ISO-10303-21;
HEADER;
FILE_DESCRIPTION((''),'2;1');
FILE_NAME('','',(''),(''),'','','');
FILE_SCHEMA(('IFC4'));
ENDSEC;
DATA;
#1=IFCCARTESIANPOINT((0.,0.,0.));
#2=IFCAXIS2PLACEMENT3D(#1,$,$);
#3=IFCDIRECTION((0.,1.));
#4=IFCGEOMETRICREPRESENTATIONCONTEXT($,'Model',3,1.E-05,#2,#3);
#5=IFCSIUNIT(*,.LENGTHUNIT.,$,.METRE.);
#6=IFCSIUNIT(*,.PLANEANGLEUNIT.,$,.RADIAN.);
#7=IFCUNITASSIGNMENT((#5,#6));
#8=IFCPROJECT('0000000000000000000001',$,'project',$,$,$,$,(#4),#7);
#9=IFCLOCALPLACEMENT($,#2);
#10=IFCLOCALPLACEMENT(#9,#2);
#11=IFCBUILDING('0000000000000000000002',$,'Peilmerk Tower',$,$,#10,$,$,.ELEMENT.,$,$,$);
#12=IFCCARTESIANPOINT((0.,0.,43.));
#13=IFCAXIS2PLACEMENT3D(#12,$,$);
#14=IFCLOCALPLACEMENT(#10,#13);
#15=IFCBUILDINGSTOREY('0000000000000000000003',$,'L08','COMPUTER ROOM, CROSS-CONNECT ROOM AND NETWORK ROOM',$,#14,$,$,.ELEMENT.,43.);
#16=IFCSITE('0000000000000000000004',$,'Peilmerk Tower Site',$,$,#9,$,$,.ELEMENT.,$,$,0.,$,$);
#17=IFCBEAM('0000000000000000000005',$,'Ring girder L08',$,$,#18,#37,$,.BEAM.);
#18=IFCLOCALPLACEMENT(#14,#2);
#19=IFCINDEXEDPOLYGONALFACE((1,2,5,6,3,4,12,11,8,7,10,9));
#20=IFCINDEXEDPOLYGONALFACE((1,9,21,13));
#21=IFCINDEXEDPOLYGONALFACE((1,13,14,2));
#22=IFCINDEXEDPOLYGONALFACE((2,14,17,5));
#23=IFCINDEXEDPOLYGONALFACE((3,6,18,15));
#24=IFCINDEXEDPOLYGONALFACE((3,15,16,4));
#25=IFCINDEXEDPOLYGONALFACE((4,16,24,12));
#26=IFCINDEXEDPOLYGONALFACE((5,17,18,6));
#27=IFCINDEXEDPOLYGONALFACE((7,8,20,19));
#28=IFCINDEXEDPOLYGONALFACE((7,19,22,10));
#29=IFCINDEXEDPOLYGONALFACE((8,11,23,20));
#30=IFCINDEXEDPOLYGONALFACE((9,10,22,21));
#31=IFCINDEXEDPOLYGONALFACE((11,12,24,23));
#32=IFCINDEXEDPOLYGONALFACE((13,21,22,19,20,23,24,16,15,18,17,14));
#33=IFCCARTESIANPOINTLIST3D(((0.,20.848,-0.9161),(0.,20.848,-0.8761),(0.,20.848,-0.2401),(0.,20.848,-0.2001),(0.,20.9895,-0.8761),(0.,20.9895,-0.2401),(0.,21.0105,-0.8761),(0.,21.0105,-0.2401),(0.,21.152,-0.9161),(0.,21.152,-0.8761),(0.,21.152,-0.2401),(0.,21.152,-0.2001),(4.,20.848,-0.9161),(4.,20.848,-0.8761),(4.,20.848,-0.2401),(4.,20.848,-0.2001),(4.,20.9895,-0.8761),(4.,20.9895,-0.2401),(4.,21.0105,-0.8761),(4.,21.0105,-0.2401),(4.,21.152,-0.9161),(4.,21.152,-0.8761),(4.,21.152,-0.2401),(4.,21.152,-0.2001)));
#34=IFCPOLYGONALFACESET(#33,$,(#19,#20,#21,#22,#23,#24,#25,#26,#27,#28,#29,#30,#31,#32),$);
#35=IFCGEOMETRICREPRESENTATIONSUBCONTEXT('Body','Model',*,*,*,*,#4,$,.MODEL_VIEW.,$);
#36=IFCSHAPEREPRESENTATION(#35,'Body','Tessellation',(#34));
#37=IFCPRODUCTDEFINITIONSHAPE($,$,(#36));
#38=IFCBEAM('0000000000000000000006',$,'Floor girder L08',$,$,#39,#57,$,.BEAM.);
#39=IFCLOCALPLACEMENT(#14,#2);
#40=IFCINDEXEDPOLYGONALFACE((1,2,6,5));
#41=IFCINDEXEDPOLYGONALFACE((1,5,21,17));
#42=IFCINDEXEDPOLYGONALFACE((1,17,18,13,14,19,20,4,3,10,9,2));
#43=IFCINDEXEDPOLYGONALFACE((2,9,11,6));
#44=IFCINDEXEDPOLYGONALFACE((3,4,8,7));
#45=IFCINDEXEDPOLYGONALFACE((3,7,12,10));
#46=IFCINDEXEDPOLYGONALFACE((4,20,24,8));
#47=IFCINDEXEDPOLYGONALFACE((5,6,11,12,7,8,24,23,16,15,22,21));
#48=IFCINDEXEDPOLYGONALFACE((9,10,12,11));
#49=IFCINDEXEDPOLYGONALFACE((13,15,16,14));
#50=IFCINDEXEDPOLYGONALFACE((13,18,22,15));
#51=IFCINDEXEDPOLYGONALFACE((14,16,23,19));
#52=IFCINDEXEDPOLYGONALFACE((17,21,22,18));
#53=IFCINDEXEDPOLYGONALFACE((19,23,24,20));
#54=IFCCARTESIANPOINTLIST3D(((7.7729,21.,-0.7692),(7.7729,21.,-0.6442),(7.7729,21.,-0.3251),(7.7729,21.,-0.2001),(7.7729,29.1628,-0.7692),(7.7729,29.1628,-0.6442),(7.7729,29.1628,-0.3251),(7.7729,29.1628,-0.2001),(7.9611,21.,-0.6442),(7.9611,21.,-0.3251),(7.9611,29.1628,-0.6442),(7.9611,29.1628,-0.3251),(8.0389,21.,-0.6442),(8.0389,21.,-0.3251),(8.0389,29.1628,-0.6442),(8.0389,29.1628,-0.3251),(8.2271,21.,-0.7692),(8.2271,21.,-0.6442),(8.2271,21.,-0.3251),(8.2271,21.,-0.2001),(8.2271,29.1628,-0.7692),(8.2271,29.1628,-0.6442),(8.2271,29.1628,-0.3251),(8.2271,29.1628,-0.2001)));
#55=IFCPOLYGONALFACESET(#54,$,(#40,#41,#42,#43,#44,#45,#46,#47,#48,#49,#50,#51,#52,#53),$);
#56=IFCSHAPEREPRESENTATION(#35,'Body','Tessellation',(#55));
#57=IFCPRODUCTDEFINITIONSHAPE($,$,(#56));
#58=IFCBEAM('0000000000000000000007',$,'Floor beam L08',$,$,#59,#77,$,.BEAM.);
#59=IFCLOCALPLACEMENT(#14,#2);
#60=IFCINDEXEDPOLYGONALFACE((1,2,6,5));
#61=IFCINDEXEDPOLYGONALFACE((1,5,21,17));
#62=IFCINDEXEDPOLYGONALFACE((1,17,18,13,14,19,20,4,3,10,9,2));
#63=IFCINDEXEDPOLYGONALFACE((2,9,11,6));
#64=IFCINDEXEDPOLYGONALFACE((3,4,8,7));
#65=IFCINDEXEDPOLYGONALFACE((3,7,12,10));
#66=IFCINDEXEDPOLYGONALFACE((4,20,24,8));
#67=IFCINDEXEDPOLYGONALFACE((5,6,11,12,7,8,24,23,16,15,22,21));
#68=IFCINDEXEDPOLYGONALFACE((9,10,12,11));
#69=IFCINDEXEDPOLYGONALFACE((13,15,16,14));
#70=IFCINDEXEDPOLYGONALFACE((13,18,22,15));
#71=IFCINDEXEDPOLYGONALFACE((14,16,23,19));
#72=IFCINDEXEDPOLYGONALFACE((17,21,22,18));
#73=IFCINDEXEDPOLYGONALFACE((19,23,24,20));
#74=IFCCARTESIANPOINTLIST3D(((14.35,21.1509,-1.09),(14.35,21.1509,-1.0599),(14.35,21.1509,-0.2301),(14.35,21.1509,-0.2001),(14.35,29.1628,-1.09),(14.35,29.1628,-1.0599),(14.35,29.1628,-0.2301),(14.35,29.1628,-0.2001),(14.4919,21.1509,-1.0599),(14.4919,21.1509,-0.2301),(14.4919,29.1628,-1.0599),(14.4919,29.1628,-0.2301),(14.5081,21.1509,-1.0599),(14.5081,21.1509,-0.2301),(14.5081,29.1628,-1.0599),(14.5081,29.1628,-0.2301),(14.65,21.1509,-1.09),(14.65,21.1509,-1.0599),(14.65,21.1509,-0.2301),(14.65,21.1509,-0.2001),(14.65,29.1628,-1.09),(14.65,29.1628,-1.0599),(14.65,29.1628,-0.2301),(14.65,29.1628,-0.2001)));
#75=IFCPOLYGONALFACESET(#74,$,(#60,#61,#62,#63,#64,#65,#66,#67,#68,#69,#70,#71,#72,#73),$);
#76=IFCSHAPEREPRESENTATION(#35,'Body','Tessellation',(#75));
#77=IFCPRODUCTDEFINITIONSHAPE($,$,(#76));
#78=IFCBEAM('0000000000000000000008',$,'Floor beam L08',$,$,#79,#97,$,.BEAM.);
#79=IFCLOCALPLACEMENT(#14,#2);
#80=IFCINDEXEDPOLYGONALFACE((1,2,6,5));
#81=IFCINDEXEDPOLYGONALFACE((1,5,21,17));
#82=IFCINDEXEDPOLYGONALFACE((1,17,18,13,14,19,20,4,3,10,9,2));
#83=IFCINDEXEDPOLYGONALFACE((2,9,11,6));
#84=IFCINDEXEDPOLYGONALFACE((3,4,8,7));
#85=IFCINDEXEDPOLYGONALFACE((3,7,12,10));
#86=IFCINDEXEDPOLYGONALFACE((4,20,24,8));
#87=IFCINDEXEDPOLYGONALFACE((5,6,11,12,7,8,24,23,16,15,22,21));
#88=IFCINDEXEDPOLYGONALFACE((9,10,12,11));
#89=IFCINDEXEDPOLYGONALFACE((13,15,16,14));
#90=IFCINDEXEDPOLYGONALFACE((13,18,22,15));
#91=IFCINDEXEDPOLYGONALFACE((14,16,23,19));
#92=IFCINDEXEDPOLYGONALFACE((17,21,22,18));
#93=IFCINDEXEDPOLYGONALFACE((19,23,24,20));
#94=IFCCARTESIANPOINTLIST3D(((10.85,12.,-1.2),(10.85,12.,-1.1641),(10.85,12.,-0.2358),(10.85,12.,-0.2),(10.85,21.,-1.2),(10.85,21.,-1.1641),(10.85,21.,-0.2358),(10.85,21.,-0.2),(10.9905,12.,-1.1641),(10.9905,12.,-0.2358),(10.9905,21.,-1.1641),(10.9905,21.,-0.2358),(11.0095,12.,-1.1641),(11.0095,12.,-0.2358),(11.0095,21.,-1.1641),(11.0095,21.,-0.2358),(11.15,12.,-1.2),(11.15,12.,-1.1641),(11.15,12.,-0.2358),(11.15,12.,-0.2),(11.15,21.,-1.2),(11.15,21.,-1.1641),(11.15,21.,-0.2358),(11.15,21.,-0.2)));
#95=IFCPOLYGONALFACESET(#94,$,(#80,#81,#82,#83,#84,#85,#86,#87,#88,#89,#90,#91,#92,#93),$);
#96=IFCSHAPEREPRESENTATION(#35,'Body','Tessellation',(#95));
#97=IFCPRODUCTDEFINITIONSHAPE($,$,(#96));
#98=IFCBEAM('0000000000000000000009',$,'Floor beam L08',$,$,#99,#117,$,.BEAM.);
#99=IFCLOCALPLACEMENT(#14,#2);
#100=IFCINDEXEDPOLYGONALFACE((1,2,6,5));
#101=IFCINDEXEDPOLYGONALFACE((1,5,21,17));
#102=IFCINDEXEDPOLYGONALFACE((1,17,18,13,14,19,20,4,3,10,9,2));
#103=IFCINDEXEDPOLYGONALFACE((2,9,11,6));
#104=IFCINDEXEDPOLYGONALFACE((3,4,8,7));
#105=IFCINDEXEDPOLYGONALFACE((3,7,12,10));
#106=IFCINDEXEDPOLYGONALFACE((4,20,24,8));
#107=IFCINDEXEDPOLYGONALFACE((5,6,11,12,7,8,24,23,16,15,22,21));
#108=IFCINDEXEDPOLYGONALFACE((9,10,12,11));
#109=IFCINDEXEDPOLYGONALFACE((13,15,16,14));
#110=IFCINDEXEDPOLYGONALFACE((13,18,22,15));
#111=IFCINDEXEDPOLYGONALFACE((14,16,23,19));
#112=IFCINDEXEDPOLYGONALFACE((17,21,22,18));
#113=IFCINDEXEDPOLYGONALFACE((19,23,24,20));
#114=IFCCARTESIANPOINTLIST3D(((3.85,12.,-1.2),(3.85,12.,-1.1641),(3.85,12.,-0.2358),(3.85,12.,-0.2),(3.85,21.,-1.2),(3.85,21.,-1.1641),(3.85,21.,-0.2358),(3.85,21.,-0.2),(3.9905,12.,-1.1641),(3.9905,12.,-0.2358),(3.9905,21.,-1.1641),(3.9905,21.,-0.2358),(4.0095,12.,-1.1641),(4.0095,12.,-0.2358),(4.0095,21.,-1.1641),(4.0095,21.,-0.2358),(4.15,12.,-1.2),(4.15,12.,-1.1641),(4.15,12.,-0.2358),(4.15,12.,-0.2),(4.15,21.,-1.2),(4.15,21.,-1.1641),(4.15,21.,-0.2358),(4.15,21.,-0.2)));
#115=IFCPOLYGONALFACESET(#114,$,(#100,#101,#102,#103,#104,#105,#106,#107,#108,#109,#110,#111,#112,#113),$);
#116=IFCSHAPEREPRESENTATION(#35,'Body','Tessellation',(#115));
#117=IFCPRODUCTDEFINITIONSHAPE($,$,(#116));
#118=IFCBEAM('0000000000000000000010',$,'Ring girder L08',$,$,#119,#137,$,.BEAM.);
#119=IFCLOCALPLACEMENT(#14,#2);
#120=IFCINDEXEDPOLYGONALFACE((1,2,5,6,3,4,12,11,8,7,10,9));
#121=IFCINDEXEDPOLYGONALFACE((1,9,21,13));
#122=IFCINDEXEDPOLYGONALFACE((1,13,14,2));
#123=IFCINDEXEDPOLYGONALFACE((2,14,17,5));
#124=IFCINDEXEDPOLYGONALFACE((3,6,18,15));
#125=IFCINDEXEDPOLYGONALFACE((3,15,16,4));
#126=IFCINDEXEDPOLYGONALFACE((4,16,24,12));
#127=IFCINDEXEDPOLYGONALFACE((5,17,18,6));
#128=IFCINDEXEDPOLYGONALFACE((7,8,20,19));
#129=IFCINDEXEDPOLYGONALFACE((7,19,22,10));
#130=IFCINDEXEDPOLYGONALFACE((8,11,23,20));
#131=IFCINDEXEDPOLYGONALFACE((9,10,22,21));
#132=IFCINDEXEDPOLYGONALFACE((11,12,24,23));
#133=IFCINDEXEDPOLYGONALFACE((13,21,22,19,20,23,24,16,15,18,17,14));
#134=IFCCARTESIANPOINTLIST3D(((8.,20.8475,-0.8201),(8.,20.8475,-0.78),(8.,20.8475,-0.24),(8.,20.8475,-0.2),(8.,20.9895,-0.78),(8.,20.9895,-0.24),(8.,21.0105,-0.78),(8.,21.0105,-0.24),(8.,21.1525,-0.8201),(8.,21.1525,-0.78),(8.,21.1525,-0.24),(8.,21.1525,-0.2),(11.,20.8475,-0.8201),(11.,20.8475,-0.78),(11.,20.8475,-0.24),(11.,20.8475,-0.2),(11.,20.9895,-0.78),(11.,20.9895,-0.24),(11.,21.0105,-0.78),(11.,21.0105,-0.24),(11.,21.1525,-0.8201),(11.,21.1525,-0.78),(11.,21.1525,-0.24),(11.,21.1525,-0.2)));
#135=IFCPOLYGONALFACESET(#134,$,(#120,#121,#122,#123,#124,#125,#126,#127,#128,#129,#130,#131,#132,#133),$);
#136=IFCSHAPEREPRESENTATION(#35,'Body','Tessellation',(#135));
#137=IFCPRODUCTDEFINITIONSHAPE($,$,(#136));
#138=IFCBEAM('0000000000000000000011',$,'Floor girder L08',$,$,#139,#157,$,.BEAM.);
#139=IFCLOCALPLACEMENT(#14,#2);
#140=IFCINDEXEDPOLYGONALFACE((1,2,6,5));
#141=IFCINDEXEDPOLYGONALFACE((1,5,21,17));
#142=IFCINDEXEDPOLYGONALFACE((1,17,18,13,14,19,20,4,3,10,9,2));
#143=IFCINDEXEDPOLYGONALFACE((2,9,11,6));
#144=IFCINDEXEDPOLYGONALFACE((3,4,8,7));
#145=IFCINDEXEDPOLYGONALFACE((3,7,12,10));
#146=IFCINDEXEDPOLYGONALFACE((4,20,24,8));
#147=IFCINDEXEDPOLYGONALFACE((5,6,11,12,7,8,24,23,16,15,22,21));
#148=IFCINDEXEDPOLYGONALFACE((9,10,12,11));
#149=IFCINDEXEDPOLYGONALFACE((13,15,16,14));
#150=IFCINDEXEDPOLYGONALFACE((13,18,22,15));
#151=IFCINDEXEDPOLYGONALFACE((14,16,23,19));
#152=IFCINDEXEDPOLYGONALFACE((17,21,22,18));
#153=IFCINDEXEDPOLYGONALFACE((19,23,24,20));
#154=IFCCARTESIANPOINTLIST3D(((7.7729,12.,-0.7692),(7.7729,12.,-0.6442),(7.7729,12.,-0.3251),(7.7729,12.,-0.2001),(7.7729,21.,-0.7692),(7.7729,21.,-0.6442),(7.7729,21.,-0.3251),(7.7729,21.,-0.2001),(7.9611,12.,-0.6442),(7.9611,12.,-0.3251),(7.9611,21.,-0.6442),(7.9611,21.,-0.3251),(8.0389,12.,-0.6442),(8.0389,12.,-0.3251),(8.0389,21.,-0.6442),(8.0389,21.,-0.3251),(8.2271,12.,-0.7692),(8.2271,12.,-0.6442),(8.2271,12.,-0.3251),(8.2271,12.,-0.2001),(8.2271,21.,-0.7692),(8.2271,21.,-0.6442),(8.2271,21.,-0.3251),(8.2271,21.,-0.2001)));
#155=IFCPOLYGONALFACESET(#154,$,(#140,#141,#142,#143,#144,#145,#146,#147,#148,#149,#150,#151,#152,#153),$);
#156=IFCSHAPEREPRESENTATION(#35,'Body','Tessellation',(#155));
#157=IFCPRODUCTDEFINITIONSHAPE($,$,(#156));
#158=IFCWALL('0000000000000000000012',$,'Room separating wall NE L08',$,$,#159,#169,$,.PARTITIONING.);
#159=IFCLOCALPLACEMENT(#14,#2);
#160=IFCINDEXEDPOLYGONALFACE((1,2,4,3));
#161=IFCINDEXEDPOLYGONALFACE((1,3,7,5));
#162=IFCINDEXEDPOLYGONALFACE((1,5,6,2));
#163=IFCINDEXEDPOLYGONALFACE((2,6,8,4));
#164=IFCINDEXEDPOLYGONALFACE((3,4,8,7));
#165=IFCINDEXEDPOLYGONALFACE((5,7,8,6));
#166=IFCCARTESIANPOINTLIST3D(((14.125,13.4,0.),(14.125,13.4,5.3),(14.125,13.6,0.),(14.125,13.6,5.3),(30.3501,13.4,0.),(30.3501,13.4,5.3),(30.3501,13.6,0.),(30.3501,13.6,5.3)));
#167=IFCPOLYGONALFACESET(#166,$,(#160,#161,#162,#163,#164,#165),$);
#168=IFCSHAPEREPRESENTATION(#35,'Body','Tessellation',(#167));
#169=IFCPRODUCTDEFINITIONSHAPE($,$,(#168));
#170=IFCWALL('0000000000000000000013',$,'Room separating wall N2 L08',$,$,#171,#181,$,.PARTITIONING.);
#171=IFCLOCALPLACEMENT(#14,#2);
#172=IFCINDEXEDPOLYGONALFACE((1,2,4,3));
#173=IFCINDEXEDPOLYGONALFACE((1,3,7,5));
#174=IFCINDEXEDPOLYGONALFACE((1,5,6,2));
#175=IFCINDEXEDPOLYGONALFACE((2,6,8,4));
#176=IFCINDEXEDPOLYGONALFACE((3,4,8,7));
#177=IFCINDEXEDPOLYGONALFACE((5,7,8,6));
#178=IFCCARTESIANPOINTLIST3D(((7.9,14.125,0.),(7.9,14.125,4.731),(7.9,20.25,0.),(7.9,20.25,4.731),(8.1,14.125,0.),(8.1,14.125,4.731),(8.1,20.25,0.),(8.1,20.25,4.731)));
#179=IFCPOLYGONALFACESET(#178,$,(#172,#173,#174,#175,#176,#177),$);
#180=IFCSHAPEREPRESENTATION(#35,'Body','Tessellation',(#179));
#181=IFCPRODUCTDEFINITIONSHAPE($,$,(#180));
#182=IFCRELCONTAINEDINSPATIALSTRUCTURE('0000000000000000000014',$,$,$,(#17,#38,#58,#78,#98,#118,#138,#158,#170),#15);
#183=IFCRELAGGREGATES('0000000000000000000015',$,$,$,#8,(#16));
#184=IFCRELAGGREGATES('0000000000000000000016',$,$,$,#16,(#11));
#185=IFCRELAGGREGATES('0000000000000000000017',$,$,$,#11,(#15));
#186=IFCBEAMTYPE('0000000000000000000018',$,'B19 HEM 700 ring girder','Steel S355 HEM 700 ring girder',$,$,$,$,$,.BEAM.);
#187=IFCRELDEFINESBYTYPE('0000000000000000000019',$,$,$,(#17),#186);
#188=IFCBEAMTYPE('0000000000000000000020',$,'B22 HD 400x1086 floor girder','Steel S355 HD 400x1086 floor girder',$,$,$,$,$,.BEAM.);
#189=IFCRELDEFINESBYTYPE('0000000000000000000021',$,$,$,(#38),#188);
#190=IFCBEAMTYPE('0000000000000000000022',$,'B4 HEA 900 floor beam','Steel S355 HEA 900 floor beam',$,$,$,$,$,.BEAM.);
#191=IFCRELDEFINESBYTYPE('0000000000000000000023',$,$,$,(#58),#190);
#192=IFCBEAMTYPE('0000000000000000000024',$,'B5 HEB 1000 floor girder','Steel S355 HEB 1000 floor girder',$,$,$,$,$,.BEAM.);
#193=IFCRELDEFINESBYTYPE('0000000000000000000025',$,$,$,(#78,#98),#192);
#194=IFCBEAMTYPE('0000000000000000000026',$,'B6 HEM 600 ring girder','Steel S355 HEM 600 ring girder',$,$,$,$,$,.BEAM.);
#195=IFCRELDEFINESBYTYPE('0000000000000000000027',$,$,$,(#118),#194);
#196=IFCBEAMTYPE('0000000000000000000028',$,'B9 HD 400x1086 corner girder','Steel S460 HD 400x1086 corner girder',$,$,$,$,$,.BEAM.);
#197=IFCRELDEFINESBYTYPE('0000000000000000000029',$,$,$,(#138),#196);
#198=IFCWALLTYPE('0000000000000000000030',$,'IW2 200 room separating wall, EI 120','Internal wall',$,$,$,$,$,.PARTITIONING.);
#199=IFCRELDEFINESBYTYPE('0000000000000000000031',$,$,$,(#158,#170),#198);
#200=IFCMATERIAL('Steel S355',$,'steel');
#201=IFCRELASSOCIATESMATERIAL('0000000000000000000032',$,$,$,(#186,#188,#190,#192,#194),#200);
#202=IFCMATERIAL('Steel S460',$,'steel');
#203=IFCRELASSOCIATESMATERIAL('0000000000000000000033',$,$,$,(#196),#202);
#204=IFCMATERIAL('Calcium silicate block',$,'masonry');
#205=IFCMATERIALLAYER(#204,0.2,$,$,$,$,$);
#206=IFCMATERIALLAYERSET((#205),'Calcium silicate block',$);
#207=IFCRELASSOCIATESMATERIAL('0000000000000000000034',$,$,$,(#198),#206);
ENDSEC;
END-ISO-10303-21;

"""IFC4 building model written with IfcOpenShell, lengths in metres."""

from ifc_helpers import new_model, si_unit, direction, frame, frame_2d, origin, origin_2d, place, context, subcontext, project, spatial, rectangle, i_section, extrude, material, layer, layer_set, material_profile, profile_set, type_object, element, save


model = new_model("IFC4")

# Units and contexts
model_context = context("Model", 3, precision=1e-05, world=origin(), true_north=direction((0.0, 1.0)))
body_context = subcontext(model_context, "Body", "Model", "MODEL_VIEW")
ifc_project = project(units=[si_unit("LENGTHUNIT", "METRE"), si_unit("PLANEANGLEUNIT", "RADIAN")], contexts=[model_context])

# Site, building, storey
site_placement = place(None, origin())
site = spatial("IfcSite", under=ifc_project, at=site_placement, Name="Peilmerk Tower Site", CompositionType="ELEMENT", RefElevation=0.0)
building_placement = place(site_placement, origin())
building = spatial("IfcBuilding", under=site, at=building_placement, Name="Peilmerk Tower", CompositionType="ELEMENT")
storey_placement = place(building_placement, frame((0.0, 0.0, 43.0)))
storey = spatial("IfcBuildingStorey", under=building, at=storey_placement, Name="L08", Description="COMPUTER ROOM, CROSS-CONNECT ROOM AND NETWORK ROOM", CompositionType="ELEMENT", Elevation=43.0)

# Beams
ifc_material_1 = material(Name="Steel S355", Category="steel")
ifc_material_profile_1 = material_profile(ifc_material_1, i_section(OverallWidth=0.304, OverallDepth=0.7161, WebThickness=0.021, FlangeThickness=0.04, at=origin_2d()), Name="HEM 700")
ifc_profile_set_1 = profile_set([ifc_material_profile_1], Name="Steel S355")
beam_type_1 = type_object("IfcBeamType", Name="B19 HEM 700 ring girder", Description="Steel S355 HEM 700 ring girder", PredefinedType="BEAM", material=ifc_profile_set_1)
for number, where, z_axis, x_axis, name in (
    (1, (4.0, 21.0, -0.5581), (-1.0, 0.0, 0.0), (0.0, -1.0, 0.0), "Ring girder L08"),
):
    element("IfcBeam", number, at=place(storey_placement, frame(where, z_axis=z_axis, x_axis=x_axis)), inside=storey, type_object=beam_type_1, Name=name, PredefinedType="BEAM", context=body_context, shape_type="SweptSolid", body=[
        extrude(i_section(OverallWidth=0.304, OverallDepth=0.7161, WebThickness=0.021, FlangeThickness=0.04, at=origin_2d()), origin(), (0.0, 0.0, 1.0), 4.0),
    ])
ifc_material_profile_2 = material_profile(ifc_material_1, i_section(OverallWidth=0.4541, OverallDepth=0.5691, WebThickness=0.0779, FlangeThickness=0.125, at=origin_2d()), Name="HD 400x1086")
ifc_profile_set_2 = profile_set([ifc_material_profile_2], Name="Steel S355")
beam_type_2 = type_object("IfcBeamType", Name="B22 HD 400x1086 floor girder", Description="Steel S355 HD 400x1086 floor girder", PredefinedType="BEAM", material=ifc_profile_set_2)
beam_1_placement = place(storey_placement, frame((8.0, 21.0, -0.4846), z_axis=(0.0, 1.0, 0.0), x_axis=(-1.0, 0.0, 0.0)))
element("IfcBeam", 2, at=beam_1_placement, inside=storey, type_object=beam_type_2, Name="Floor girder L08", PredefinedType="BEAM", context=body_context, shape_type="SweptSolid", body=[
    extrude(i_section(OverallWidth=0.4541, OverallDepth=0.5691, WebThickness=0.0779, FlangeThickness=0.125, at=origin_2d()), origin(), (0.0, 0.0, 1.0), 8.1628),
])
ifc_material_profile_3 = material_profile(ifc_material_1, i_section(OverallWidth=0.3, OverallDepth=0.8899, WebThickness=0.0161, FlangeThickness=0.03, at=origin_2d()), Name="HEA 900")
ifc_profile_set_3 = profile_set([ifc_material_profile_3], Name="Steel S355")
beam_type_3 = type_object("IfcBeamType", Name="B4 HEA 900 floor beam", Description="Steel S355 HEA 900 floor beam", PredefinedType="BEAM", material=ifc_profile_set_3)
beam_2_placement = place(storey_placement, frame((14.5, 21.1509, -0.645), z_axis=(0.0, 1.0, 0.0), x_axis=(-1.0, 0.0, 0.0)))
element("IfcBeam", 3, at=beam_2_placement, inside=storey, type_object=beam_type_3, Name="Floor beam L08", PredefinedType="BEAM", context=body_context, shape_type="SweptSolid", body=[
    extrude(i_section(OverallWidth=0.3, OverallDepth=0.8899, WebThickness=0.0161, FlangeThickness=0.03, at=origin_2d()), origin(), (0.0, 0.0, 1.0), 8.012),
])
ifc_material_profile_4 = material_profile(ifc_material_1, i_section(OverallWidth=0.3, OverallDepth=1.0, WebThickness=0.019, FlangeThickness=0.0359, at=origin_2d()), Name="HEB 1000")
ifc_profile_set_4 = profile_set([ifc_material_profile_4], Name="Steel S355")
beam_type_4 = type_object("IfcBeamType", Name="B5 HEB 1000 floor girder", Description="Steel S355 HEB 1000 floor girder", PredefinedType="BEAM", material=ifc_profile_set_4)
for number, where, z_axis, x_axis, name in (
    (4, (11.0, 12.0, -0.7), (0.0, 1.0, 0.0), (-1.0, 0.0, 0.0), "Floor beam L08"),
    (5, (4.0, 12.0, -0.7), (0.0, 1.0, 0.0), (-1.0, 0.0, 0.0), "Floor beam L08"),
):
    element("IfcBeam", number, at=place(storey_placement, frame(where, z_axis=z_axis, x_axis=x_axis)), inside=storey, type_object=beam_type_4, Name=name, PredefinedType="BEAM", context=body_context, shape_type="SweptSolid", body=[
        extrude(i_section(OverallWidth=0.3, OverallDepth=1.0, WebThickness=0.019, FlangeThickness=0.0359, at=origin_2d()), origin(), (0.0, 0.0, 1.0), 9.0),
    ])
ifc_material_profile_5 = material_profile(ifc_material_1, i_section(OverallWidth=0.3049, OverallDepth=0.6201, WebThickness=0.021, FlangeThickness=0.04, at=origin_2d()), Name="HEM 600")
ifc_profile_set_5 = profile_set([ifc_material_profile_5], Name="Steel S355")
beam_type_5 = type_object("IfcBeamType", Name="B6 HEM 600 ring girder", Description="Steel S355 HEM 600 ring girder", PredefinedType="BEAM", material=ifc_profile_set_5)
beam_3_placement = place(storey_placement, frame((11.0, 21.0, -0.51), z_axis=(-1.0, 0.0, 0.0), x_axis=(0.0, -1.0, 0.0)))
element("IfcBeam", 6, at=beam_3_placement, inside=storey, type_object=beam_type_5, Name="Ring girder L08", PredefinedType="BEAM", context=body_context, shape_type="SweptSolid", body=[
    extrude(i_section(OverallWidth=0.3049, OverallDepth=0.6201, WebThickness=0.021, FlangeThickness=0.04, at=origin_2d()), origin(), (0.0, 0.0, 1.0), 3.0),
])
ifc_material_2 = material(Name="Steel S460", Category="steel")
ifc_material_profile_6 = material_profile(ifc_material_2, i_section(OverallWidth=0.4541, OverallDepth=0.5691, WebThickness=0.0779, FlangeThickness=0.125, at=origin_2d()), Name="HD 400x1086")
ifc_profile_set_6 = profile_set([ifc_material_profile_6], Name="Steel S460")
beam_type_6 = type_object("IfcBeamType", Name="B9 HD 400x1086 corner girder", Description="Steel S460 HD 400x1086 corner girder", PredefinedType="BEAM", material=ifc_profile_set_6)
beam_4_placement = place(storey_placement, frame((8.0, 12.0, -0.4846), z_axis=(0.0, 1.0, 0.0), x_axis=(-1.0, 0.0, 0.0)))
element("IfcBeam", 7, at=beam_4_placement, inside=storey, type_object=beam_type_6, Name="Floor girder L08", PredefinedType="BEAM", context=body_context, shape_type="SweptSolid", body=[
    extrude(i_section(OverallWidth=0.4541, OverallDepth=0.5691, WebThickness=0.0779, FlangeThickness=0.125, at=origin_2d()), origin(), (0.0, 0.0, 1.0), 9.0),
])

# Walls
ifc_material_3 = material(Name="Calcium silicate block", Category="masonry")
ifc_layer = layer(ifc_material_3, 0.2)
ifc_layer_set = layer_set([ifc_layer], Name="Calcium silicate block")
wall_type = type_object("IfcWallType", Name="IW2 200 room separating wall, EI 120", Description="Internal wall", PredefinedType="PARTITIONING", material=ifc_layer_set)
wall_1_placement = place(storey_placement, frame((14.125, 13.5, 0.0), z_axis=(0.0, 0.0, 1.0), x_axis=(1.0, 0.0, 0.0)))
element("IfcWall", 8, at=wall_1_placement, inside=storey, type_object=wall_type, Name="Room separating wall NE L08", PredefinedType="PARTITIONING", context=body_context, shape_type="SweptSolid", body=[
    extrude(rectangle(XDim=16.2251, YDim=0.2, at=frame_2d((8.1125, 0.0))), origin(), (0.0, 0.0, 1.0), 5.3),
])
wall_2_placement = place(storey_placement, frame((8.0, 14.125, 0.0), z_axis=(0.0, 0.0, 1.0), x_axis=(0.0, 1.0, 0.0)))
element("IfcWall", 9, at=wall_2_placement, inside=storey, type_object=wall_type, Name="Room separating wall N2 L08", PredefinedType="PARTITIONING", context=body_context, shape_type="SweptSolid", body=[
    extrude(rectangle(XDim=6.125, YDim=0.2, at=frame_2d((3.0625, 0.0))), origin(), (0.0, 0.0, 1.0), 4.731),
])

save(model, "model.ifc")
